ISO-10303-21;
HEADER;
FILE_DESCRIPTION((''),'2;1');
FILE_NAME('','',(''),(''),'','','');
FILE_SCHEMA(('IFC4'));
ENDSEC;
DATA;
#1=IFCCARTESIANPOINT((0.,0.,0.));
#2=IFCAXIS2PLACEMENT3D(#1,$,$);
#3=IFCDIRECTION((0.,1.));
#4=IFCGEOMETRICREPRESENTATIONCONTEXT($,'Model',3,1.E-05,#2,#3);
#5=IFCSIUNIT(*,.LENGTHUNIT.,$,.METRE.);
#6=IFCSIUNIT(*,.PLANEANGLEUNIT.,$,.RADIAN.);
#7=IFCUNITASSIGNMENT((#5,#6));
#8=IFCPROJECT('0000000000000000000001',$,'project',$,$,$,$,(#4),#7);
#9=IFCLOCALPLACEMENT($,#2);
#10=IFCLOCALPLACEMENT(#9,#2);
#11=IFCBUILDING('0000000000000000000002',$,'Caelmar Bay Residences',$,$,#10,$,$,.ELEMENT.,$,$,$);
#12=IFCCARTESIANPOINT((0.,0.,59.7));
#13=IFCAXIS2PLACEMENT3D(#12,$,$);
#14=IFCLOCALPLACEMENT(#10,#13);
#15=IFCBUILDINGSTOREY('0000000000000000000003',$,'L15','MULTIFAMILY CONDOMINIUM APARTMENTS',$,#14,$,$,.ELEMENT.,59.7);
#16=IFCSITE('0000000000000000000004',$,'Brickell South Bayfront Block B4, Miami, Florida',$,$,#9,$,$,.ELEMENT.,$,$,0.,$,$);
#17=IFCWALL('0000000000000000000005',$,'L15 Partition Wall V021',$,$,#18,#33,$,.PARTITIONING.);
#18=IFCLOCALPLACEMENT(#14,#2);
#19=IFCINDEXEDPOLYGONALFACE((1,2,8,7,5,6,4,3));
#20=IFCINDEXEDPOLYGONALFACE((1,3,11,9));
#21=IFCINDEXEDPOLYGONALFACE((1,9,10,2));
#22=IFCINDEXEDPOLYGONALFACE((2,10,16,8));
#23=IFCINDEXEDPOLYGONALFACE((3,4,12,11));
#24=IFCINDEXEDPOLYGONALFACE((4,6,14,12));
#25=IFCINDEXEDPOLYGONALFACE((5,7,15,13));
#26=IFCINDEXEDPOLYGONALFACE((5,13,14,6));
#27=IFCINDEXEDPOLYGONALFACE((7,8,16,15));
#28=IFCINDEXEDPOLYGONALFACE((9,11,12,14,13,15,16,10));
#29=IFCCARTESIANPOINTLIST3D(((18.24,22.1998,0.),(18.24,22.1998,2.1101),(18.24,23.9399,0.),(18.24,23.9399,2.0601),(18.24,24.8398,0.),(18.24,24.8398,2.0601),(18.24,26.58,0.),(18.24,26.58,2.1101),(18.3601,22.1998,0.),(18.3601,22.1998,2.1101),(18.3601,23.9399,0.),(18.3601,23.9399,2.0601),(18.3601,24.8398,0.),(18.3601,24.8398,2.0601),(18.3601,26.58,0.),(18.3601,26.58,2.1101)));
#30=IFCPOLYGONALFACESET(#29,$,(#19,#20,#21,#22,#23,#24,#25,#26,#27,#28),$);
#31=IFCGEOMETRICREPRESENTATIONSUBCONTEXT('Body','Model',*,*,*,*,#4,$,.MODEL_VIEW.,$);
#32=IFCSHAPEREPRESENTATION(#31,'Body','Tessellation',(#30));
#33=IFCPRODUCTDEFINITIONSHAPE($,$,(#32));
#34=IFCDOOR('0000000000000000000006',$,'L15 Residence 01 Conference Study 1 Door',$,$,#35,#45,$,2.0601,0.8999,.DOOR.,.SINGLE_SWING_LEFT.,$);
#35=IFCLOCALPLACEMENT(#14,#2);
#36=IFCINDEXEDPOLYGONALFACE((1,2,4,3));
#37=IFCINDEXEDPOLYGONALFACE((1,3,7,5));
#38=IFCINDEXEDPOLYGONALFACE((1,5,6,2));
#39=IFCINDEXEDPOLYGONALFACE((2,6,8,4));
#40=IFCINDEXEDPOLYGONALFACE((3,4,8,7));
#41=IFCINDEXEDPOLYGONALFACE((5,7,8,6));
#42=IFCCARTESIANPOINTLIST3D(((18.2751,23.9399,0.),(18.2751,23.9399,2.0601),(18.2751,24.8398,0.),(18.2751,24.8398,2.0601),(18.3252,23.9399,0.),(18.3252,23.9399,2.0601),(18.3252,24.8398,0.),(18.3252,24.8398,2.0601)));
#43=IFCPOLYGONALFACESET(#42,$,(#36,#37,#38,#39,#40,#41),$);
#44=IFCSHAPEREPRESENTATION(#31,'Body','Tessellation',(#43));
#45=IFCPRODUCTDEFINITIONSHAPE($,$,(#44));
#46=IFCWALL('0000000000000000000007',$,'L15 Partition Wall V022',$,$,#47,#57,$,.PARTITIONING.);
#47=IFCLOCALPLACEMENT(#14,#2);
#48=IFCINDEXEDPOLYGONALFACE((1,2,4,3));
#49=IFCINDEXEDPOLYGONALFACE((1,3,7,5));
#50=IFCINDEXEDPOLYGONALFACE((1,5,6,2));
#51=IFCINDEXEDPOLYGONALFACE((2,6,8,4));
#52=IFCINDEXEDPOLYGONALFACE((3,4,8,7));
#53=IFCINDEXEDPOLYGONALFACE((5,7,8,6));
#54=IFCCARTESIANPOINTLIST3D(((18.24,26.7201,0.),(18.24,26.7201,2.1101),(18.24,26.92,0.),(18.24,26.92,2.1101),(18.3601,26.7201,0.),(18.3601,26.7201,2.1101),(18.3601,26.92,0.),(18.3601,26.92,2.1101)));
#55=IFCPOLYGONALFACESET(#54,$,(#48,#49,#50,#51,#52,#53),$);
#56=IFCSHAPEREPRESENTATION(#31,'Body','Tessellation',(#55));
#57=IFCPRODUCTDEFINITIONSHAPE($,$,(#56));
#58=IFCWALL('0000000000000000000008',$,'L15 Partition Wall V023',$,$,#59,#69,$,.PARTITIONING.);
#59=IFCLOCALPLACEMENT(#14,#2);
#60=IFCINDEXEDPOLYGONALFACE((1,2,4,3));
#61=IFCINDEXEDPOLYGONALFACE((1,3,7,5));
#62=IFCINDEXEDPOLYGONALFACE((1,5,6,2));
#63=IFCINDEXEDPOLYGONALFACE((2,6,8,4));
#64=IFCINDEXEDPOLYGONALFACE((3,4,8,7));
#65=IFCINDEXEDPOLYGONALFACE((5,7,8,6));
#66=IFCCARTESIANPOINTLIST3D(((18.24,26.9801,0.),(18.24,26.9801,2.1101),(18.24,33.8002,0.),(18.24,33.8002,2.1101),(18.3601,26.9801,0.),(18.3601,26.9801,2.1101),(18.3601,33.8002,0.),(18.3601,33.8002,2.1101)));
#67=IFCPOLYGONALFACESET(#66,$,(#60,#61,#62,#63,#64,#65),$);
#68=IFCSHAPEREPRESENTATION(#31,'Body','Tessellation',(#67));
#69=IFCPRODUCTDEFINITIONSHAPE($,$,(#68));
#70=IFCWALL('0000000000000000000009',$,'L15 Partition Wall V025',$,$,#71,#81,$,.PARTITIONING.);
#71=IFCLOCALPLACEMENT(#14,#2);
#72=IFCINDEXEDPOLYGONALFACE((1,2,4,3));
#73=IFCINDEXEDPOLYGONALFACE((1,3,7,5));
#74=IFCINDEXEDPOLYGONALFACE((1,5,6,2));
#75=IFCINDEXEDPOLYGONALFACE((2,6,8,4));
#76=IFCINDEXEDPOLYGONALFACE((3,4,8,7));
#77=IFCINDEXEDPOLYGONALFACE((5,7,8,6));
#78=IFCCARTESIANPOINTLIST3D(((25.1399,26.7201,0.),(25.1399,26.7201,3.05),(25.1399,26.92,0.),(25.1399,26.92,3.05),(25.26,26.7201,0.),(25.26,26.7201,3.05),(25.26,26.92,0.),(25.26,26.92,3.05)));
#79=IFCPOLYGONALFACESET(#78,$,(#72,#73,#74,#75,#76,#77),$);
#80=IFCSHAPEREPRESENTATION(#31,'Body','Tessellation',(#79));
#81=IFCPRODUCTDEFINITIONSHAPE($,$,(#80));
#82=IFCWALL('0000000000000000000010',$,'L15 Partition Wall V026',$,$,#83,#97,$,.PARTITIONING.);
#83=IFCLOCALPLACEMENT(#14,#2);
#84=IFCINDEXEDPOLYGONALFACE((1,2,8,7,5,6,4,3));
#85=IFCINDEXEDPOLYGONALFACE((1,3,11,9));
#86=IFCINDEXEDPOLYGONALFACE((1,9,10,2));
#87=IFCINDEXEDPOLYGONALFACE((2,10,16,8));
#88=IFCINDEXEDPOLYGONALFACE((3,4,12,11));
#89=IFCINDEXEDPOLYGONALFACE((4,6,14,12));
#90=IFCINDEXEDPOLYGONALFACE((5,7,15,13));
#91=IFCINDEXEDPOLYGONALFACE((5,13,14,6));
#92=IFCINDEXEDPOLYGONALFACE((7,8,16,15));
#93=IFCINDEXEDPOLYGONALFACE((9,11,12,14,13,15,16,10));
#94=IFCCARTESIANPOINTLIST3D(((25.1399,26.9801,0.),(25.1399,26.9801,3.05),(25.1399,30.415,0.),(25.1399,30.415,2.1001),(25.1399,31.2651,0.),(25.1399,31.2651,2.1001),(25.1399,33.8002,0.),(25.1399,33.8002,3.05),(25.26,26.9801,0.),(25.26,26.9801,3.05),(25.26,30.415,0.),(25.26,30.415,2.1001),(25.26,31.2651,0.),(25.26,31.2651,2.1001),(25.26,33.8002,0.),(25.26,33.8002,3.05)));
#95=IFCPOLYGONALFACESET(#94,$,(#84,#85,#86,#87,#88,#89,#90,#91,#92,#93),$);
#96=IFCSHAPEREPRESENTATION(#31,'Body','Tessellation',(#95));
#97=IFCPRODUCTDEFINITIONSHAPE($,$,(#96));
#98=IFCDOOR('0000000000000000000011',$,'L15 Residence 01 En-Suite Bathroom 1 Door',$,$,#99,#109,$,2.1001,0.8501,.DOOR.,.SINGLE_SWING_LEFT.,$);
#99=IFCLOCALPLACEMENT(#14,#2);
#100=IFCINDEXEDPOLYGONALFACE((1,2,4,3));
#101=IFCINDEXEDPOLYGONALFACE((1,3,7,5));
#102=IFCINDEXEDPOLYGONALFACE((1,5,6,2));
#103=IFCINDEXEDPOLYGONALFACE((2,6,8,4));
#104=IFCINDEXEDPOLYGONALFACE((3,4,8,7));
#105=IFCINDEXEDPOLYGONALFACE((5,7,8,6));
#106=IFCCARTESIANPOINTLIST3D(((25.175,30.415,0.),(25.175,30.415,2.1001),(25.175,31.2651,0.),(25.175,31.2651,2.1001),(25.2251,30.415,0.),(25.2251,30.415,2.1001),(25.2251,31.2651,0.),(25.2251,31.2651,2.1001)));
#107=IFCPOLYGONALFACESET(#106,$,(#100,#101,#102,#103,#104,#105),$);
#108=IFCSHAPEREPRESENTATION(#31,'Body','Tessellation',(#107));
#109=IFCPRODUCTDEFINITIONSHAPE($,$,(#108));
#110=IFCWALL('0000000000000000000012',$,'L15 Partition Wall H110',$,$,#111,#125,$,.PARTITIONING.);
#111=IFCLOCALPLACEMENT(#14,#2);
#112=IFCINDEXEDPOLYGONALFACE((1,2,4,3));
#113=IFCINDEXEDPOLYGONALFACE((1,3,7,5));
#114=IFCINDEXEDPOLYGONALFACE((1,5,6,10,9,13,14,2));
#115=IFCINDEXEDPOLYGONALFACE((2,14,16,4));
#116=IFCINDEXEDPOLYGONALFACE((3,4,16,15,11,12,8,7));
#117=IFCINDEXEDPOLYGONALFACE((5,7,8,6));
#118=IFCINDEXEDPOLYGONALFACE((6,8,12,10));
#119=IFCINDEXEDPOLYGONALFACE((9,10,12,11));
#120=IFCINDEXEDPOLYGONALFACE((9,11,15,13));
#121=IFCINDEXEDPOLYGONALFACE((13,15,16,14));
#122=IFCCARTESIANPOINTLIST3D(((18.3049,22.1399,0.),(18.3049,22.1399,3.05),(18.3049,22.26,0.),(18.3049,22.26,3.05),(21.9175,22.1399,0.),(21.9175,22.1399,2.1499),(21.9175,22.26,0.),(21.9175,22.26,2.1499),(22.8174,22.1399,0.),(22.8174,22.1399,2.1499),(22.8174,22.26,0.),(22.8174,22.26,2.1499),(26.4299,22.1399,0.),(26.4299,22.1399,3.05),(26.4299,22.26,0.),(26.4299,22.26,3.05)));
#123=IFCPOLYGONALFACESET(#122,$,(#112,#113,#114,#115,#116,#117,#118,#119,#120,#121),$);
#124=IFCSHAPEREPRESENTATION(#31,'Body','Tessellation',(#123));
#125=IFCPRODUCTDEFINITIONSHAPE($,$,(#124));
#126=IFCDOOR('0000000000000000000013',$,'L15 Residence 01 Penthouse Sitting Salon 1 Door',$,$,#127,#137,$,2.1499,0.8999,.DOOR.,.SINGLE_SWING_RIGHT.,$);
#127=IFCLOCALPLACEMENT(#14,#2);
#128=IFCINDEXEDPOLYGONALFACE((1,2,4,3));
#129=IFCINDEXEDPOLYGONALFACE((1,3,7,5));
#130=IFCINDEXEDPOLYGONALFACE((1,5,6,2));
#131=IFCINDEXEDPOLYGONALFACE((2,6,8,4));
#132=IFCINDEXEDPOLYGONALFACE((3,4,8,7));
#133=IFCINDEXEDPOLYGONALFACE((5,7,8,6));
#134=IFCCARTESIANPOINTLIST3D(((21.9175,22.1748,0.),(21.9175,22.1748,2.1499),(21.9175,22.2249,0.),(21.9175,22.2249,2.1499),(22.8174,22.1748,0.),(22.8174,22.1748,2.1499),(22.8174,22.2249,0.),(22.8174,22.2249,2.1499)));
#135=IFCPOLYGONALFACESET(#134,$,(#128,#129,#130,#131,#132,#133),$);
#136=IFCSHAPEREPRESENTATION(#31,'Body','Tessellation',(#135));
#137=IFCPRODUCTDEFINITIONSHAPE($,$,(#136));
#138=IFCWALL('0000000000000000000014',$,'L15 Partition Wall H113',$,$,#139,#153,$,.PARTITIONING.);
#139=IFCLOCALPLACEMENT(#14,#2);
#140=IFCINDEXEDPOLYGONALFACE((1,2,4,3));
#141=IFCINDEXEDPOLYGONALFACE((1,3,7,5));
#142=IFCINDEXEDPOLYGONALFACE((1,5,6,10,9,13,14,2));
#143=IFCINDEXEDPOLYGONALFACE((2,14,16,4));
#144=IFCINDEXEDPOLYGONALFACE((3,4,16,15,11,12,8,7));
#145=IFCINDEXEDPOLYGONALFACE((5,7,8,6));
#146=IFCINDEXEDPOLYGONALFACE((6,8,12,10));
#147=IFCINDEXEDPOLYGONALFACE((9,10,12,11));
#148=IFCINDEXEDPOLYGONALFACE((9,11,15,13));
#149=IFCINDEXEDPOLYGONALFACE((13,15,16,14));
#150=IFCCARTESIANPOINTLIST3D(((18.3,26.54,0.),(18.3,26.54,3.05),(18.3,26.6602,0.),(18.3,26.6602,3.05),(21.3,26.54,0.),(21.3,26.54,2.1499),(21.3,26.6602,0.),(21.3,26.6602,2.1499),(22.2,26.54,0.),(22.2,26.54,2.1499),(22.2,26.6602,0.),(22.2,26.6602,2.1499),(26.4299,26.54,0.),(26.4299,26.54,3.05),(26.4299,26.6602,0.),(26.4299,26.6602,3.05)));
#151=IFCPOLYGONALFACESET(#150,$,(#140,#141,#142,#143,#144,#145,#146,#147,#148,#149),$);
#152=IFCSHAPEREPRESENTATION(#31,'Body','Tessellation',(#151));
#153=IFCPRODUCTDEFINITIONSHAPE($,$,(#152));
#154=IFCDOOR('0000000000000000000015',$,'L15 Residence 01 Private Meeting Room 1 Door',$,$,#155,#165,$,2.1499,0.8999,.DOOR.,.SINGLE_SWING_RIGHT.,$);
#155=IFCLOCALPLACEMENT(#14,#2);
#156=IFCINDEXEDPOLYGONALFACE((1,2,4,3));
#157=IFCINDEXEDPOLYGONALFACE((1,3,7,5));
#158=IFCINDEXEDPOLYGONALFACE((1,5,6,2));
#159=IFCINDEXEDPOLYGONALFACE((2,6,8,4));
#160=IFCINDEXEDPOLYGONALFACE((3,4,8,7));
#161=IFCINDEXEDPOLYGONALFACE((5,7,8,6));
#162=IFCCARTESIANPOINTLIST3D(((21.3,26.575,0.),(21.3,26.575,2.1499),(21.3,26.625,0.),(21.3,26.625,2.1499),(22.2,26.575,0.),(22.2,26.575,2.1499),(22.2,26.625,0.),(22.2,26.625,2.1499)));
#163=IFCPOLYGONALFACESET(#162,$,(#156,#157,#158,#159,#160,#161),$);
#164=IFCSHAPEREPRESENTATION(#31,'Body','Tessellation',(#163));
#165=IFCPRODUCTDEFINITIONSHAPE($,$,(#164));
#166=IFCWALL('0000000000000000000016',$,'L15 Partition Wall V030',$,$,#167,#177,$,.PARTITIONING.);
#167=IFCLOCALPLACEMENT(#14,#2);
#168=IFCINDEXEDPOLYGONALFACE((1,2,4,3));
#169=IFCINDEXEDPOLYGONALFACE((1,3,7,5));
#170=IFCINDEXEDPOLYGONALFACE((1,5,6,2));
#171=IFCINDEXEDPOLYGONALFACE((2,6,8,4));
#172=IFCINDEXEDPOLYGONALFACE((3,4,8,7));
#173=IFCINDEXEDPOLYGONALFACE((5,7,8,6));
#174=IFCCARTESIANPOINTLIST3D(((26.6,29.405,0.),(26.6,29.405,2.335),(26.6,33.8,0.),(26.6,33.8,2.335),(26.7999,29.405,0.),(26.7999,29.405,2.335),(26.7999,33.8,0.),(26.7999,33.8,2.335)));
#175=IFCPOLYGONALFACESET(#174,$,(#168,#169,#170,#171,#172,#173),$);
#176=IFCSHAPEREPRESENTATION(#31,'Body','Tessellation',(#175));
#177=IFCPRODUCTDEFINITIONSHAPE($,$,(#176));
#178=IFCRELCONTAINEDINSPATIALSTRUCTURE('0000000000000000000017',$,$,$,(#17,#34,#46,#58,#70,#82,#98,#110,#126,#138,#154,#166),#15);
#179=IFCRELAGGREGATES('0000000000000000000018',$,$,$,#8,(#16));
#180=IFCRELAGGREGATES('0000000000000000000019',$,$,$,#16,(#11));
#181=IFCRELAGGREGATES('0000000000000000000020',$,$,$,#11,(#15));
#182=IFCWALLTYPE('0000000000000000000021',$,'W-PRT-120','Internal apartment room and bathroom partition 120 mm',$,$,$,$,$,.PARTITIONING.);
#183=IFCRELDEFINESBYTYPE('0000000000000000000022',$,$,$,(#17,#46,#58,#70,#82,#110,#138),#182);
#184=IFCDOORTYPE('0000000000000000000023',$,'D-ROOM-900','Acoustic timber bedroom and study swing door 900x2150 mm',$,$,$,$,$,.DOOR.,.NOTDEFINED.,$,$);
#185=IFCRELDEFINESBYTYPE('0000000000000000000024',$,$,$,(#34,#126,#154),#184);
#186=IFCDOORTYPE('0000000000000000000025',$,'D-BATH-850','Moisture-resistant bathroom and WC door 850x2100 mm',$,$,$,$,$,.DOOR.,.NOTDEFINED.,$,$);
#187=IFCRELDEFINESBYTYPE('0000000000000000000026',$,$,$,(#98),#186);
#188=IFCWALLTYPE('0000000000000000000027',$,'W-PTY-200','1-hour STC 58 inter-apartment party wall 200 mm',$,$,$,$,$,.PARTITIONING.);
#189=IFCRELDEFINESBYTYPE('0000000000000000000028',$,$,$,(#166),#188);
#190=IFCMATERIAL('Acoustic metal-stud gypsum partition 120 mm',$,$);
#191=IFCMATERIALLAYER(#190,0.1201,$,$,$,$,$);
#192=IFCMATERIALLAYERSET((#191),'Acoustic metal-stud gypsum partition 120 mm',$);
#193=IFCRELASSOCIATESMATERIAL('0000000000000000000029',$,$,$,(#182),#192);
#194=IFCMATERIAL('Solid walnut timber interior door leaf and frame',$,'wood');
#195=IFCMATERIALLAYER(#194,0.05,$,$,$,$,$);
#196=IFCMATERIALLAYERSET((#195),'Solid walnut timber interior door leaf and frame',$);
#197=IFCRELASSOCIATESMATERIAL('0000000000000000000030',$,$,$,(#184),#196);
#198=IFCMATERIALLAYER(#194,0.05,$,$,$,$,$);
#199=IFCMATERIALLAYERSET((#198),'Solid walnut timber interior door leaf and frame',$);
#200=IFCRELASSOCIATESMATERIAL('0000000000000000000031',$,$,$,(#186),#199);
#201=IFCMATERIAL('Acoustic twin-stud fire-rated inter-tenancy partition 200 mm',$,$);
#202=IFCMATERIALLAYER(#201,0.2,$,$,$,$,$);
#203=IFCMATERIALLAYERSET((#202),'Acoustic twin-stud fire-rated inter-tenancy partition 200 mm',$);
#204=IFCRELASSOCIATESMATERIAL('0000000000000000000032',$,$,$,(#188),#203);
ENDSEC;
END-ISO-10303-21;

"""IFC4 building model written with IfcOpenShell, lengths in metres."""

from ifc_helpers import new_model, si_unit, direction, frame, frame_2d, origin, place, context, subcontext, project, spatial, rectangle, extrude, material, layer, layer_set, type_object, element, fill, save


model = new_model("IFC4")

# Units and contexts
model_context = context("Model", 3, precision=1e-05, world=origin(), true_north=direction((0.0, 1.0)))
body_context = subcontext(model_context, "Body", "Model", "MODEL_VIEW")
ifc_project = project(units=[si_unit("LENGTHUNIT", "METRE"), si_unit("PLANEANGLEUNIT", "RADIAN")], contexts=[model_context])

# Site, building, storey
site_placement = place(None, origin())
site = spatial("IfcSite", under=ifc_project, at=site_placement, Name="Brickell South Bayfront Block B4, Miami, Florida", CompositionType="ELEMENT", RefElevation=0.0)
building_placement = place(site_placement, origin())
building = spatial("IfcBuilding", under=site, at=building_placement, Name="Caelmar Bay Residences", CompositionType="ELEMENT")
storey_placement = place(building_placement, frame((0.0, 0.0, 59.7)))
storey = spatial("IfcBuildingStorey", under=building, at=storey_placement, Name="L15", Description="MULTIFAMILY CONDOMINIUM APARTMENTS", CompositionType="ELEMENT", Elevation=59.7)

# Wall, opening, door
ifc_material_1 = material(Name="Acoustic metal-stud gypsum partition 120 mm")
ifc_layer_1 = layer(ifc_material_1, 0.1201)
ifc_layer_set_1 = layer_set([ifc_layer_1], Name="Acoustic metal-stud gypsum partition 120 mm")
wall_type_1 = type_object("IfcWallType", Name="W-PRT-120", Description="Internal apartment room and bathroom partition 120 mm", PredefinedType="PARTITIONING", material=ifc_layer_set_1)
wall_1_placement = place(storey_placement, frame((18.3, 22.2, 0.0), z_axis=(0.0, 0.0, 1.0), x_axis=(0.0, 1.0, 0.0)))
wall_1 = element("IfcWall", 1, at=wall_1_placement, inside=storey, type_object=wall_type_1, Name="L15 Partition Wall V021", PredefinedType="PARTITIONING", context=body_context, shape_type="SweptSolid", body=[
    extrude(rectangle(XDim=4.3801, YDim=0.1201, at=frame_2d((2.1899, 0.0))), origin(), (0.0, 0.0, 1.0), 2.1101),
])
opening_1_placement = place(wall_1_placement, frame((1.74, 0.0, 0.0)))
opening_1 = element("IfcOpeningElement", 2, at=opening_1_placement, cuts=wall_1, PredefinedType="OPENING", context=body_context, shape_type="SweptSolid", body=[
    extrude(rectangle(XDim=0.8999, YDim=2.0601, at=frame_2d((0.45, 1.03))), frame((0.0, 0.0701, 0.0), z_axis=(0.0, -1.0, 0.0), x_axis=(1.0, 0.0, 0.0)), (0.0, 0.0, 1.0), 0.1401),
])
ifc_material_2 = material(Name="Solid walnut timber interior door leaf and frame", Category="wood")
ifc_layer_2 = layer(ifc_material_2, 0.05)
ifc_layer_set_2 = layer_set([ifc_layer_2], Name="Solid walnut timber interior door leaf and frame")
door_type_1 = type_object("IfcDoorType", Name="D-ROOM-900", Description="Acoustic timber bedroom and study swing door 900x2150 mm", OperationType="NOTDEFINED", PredefinedType="DOOR", material=ifc_layer_set_2)
door_1_placement = place(opening_1_placement, origin())
door_1 = element("IfcDoor", 3, at=door_1_placement, inside=storey, type_object=door_type_1, Name="L15 Residence 01 Conference Study 1 Door", OperationType="SINGLE_SWING_LEFT", OverallHeight=2.0601, OverallWidth=0.8999, PredefinedType="DOOR", context=body_context, shape_type="SweptSolid", body=[
    extrude(rectangle(XDim=0.8999, YDim=2.0601, at=frame_2d((0.45, 1.03))), frame((0.0, 0.0249, 0.0), z_axis=(0.0, -1.0, 0.0), x_axis=(1.0, 0.0, 0.0)), (0.0, 0.0, 1.0), 0.05),
])
fill(opening_1, door_1)

# Walls
wall_2_placement = place(storey_placement, frame((18.3, 26.72, 0.0), z_axis=(0.0, 0.0, 1.0), x_axis=(0.0, 1.0, 0.0)))
element("IfcWall", 4, at=wall_2_placement, inside=storey, type_object=wall_type_1, Name="L15 Partition Wall V022", PredefinedType="PARTITIONING", context=body_context, shape_type="SweptSolid", body=[
    extrude(rectangle(XDim=0.2, YDim=0.1201, at=frame_2d((0.1001, 0.0))), origin(), (0.0, 0.0, 1.0), 2.1101),
])
wall_3_placement = place(storey_placement, frame((18.3, 26.98, 0.0), z_axis=(0.0, 0.0, 1.0), x_axis=(0.0, 1.0, 0.0)))
element("IfcWall", 5, at=wall_3_placement, inside=storey, type_object=wall_type_1, Name="L15 Partition Wall V023", PredefinedType="PARTITIONING", context=body_context, shape_type="SweptSolid", body=[
    extrude(rectangle(XDim=6.8201, YDim=0.1201, at=frame_2d((3.4102, 0.0))), origin(), (0.0, 0.0, 1.0), 2.1101),
])
wall_4_placement = place(storey_placement, frame((25.2, 26.72, 0.0), z_axis=(0.0, 0.0, 1.0), x_axis=(0.0, 1.0, 0.0)))
element("IfcWall", 6, at=wall_4_placement, inside=storey, type_object=wall_type_1, Name="L15 Partition Wall V025", PredefinedType="PARTITIONING", context=body_context, shape_type="SweptSolid", body=[
    extrude(rectangle(XDim=0.2, YDim=0.1201, at=frame_2d((0.1001, 0.0))), origin(), (0.0, 0.0, 1.0), 3.05),
])

# Walls, openings, doors
wall_5_placement = place(storey_placement, frame((25.2, 26.98, 0.0), z_axis=(0.0, 0.0, 1.0), x_axis=(0.0, 1.0, 0.0)))
wall_5 = element("IfcWall", 7, at=wall_5_placement, inside=storey, type_object=wall_type_1, Name="L15 Partition Wall V026", PredefinedType="PARTITIONING", context=body_context, shape_type="SweptSolid", body=[
    extrude(rectangle(XDim=6.8201, YDim=0.1201, at=frame_2d((3.4102, 0.0))), origin(), (0.0, 0.0, 1.0), 3.05),
])
opening_2_placement = place(wall_5_placement, frame((3.4351, 0.0, 0.0)))
opening_2 = element("IfcOpeningElement", 8, at=opening_2_placement, cuts=wall_5, PredefinedType="OPENING", context=body_context, shape_type="SweptSolid", body=[
    extrude(rectangle(XDim=0.8501, YDim=2.1001, at=frame_2d((0.425, 1.05))), frame((0.0, 0.0701, 0.0), z_axis=(0.0, -1.0, 0.0), x_axis=(1.0, 0.0, 0.0)), (0.0, 0.0, 1.0), 0.1401),
])
ifc_layer_3 = layer(ifc_material_2, 0.05)
ifc_layer_set_3 = layer_set([ifc_layer_3], Name="Solid walnut timber interior door leaf and frame")
door_type_2 = type_object("IfcDoorType", Name="D-BATH-850", Description="Moisture-resistant bathroom and WC door 850x2100 mm", OperationType="NOTDEFINED", PredefinedType="DOOR", material=ifc_layer_set_3)
door_2_placement = place(opening_2_placement, origin())
door_2 = element("IfcDoor", 9, at=door_2_placement, inside=storey, type_object=door_type_2, Name="L15 Residence 01 En-Suite Bathroom 1 Door", OperationType="SINGLE_SWING_LEFT", OverallHeight=2.1001, OverallWidth=0.8501, PredefinedType="DOOR", context=body_context, shape_type="SweptSolid", body=[
    extrude(rectangle(XDim=0.8501, YDim=2.1001, at=frame_2d((0.425, 1.05))), frame((0.0, 0.0249, 0.0), z_axis=(0.0, -1.0, 0.0), x_axis=(1.0, 0.0, 0.0)), (0.0, 0.0, 1.0), 0.05),
])
fill(opening_2, door_2)
wall_6_placement = place(storey_placement, frame((18.3049, 22.2, 0.0), z_axis=(0.0, 0.0, 1.0), x_axis=(1.0, 0.0, 0.0)))
wall_6 = element("IfcWall", 10, at=wall_6_placement, inside=storey, type_object=wall_type_1, Name="L15 Partition Wall H110", PredefinedType="PARTITIONING", context=body_context, shape_type="SweptSolid", body=[
    extrude(rectangle(XDim=8.125, YDim=0.1201, at=frame_2d((4.0625, 0.0))), origin(), (0.0, 0.0, 1.0), 3.05),
])
opening_3_placement = place(wall_6_placement, frame((3.6125, 0.0, 0.0)))
opening_3 = element("IfcOpeningElement", 11, at=opening_3_placement, cuts=wall_6, PredefinedType="OPENING", context=body_context, shape_type="SweptSolid", body=[
    extrude(rectangle(XDim=0.8999, YDim=2.1499, at=frame_2d((0.45, 1.075))), frame((0.0, 0.0701, 0.0), z_axis=(0.0, -1.0, 0.0), x_axis=(1.0, 0.0, 0.0)), (0.0, 0.0, 1.0), 0.1401),
])
door_3_placement = place(opening_3_placement, origin())
door_3 = element("IfcDoor", 12, at=door_3_placement, inside=storey, type_object=door_type_1, Name="L15 Residence 01 Penthouse Sitting Salon 1 Door", OperationType="SINGLE_SWING_RIGHT", OverallHeight=2.1499, OverallWidth=0.8999, PredefinedType="DOOR", context=body_context, shape_type="SweptSolid", body=[
    extrude(rectangle(XDim=0.8999, YDim=2.1499, at=frame_2d((0.45, 1.075))), frame((0.0, 0.0249, 0.0), z_axis=(0.0, -1.0, 0.0), x_axis=(1.0, 0.0, 0.0)), (0.0, 0.0, 1.0), 0.05),
])
fill(opening_3, door_3)
wall_7_placement = place(storey_placement, frame((18.3, 26.6001, 0.0), z_axis=(0.0, 0.0, 1.0), x_axis=(1.0, 0.0, 0.0)))
wall_7 = element("IfcWall", 13, at=wall_7_placement, inside=storey, type_object=wall_type_1, Name="L15 Partition Wall H113", PredefinedType="PARTITIONING", context=body_context, shape_type="SweptSolid", body=[
    extrude(rectangle(XDim=8.1299, YDim=0.1201, at=frame_2d((4.0649, 0.0))), origin(), (0.0, 0.0, 1.0), 3.05),
])
opening_4_placement = place(wall_7_placement, frame((3.0, 0.0, 0.0)))
opening_4 = element("IfcOpeningElement", 14, at=opening_4_placement, cuts=wall_7, PredefinedType="OPENING", context=body_context, shape_type="SweptSolid", body=[
    extrude(rectangle(XDim=0.8999, YDim=2.1499, at=frame_2d((0.45, 1.075))), frame((0.0, 0.0701, 0.0), z_axis=(0.0, -1.0, 0.0), x_axis=(1.0, 0.0, 0.0)), (0.0, 0.0, 1.0), 0.1401),
])
door_4_placement = place(opening_4_placement, origin())
door_4 = element("IfcDoor", 15, at=door_4_placement, inside=storey, type_object=door_type_1, Name="L15 Residence 01 Private Meeting Room 1 Door", OperationType="SINGLE_SWING_RIGHT", OverallHeight=2.1499, OverallWidth=0.8999, PredefinedType="DOOR", context=body_context, shape_type="SweptSolid", body=[
    extrude(rectangle(XDim=0.8999, YDim=2.1499, at=frame_2d((0.45, 1.075))), frame((0.0, 0.0249, 0.0), z_axis=(0.0, -1.0, 0.0), x_axis=(1.0, 0.0, 0.0)), (0.0, 0.0, 1.0), 0.05),
])
fill(opening_4, door_4)

# Wall
ifc_material_3 = material(Name="Acoustic twin-stud fire-rated inter-tenancy partition 200 mm")
ifc_layer_4 = layer(ifc_material_3, 0.2)
ifc_layer_set_4 = layer_set([ifc_layer_4], Name="Acoustic twin-stud fire-rated inter-tenancy partition 200 mm")
wall_type_2 = type_object("IfcWallType", Name="W-PTY-200", Description="1-hour STC 58 inter-apartment party wall 200 mm", PredefinedType="PARTITIONING", material=ifc_layer_set_4)
wall_8_placement = place(storey_placement, frame((26.7, 29.405, 0.0), z_axis=(0.0, 0.0, 1.0), x_axis=(0.0, 1.0, 0.0)))
element("IfcWall", 16, at=wall_8_placement, inside=storey, type_object=wall_type_2, Name="L15 Partition Wall V030", PredefinedType="PARTITIONING", context=body_context, shape_type="SweptSolid", body=[
    extrude(rectangle(XDim=4.395, YDim=0.2, at=frame_2d((2.1975, 0.0))), origin(), (0.0, 0.0, 1.0), 2.335),
])

save(model, "model.ifc")
